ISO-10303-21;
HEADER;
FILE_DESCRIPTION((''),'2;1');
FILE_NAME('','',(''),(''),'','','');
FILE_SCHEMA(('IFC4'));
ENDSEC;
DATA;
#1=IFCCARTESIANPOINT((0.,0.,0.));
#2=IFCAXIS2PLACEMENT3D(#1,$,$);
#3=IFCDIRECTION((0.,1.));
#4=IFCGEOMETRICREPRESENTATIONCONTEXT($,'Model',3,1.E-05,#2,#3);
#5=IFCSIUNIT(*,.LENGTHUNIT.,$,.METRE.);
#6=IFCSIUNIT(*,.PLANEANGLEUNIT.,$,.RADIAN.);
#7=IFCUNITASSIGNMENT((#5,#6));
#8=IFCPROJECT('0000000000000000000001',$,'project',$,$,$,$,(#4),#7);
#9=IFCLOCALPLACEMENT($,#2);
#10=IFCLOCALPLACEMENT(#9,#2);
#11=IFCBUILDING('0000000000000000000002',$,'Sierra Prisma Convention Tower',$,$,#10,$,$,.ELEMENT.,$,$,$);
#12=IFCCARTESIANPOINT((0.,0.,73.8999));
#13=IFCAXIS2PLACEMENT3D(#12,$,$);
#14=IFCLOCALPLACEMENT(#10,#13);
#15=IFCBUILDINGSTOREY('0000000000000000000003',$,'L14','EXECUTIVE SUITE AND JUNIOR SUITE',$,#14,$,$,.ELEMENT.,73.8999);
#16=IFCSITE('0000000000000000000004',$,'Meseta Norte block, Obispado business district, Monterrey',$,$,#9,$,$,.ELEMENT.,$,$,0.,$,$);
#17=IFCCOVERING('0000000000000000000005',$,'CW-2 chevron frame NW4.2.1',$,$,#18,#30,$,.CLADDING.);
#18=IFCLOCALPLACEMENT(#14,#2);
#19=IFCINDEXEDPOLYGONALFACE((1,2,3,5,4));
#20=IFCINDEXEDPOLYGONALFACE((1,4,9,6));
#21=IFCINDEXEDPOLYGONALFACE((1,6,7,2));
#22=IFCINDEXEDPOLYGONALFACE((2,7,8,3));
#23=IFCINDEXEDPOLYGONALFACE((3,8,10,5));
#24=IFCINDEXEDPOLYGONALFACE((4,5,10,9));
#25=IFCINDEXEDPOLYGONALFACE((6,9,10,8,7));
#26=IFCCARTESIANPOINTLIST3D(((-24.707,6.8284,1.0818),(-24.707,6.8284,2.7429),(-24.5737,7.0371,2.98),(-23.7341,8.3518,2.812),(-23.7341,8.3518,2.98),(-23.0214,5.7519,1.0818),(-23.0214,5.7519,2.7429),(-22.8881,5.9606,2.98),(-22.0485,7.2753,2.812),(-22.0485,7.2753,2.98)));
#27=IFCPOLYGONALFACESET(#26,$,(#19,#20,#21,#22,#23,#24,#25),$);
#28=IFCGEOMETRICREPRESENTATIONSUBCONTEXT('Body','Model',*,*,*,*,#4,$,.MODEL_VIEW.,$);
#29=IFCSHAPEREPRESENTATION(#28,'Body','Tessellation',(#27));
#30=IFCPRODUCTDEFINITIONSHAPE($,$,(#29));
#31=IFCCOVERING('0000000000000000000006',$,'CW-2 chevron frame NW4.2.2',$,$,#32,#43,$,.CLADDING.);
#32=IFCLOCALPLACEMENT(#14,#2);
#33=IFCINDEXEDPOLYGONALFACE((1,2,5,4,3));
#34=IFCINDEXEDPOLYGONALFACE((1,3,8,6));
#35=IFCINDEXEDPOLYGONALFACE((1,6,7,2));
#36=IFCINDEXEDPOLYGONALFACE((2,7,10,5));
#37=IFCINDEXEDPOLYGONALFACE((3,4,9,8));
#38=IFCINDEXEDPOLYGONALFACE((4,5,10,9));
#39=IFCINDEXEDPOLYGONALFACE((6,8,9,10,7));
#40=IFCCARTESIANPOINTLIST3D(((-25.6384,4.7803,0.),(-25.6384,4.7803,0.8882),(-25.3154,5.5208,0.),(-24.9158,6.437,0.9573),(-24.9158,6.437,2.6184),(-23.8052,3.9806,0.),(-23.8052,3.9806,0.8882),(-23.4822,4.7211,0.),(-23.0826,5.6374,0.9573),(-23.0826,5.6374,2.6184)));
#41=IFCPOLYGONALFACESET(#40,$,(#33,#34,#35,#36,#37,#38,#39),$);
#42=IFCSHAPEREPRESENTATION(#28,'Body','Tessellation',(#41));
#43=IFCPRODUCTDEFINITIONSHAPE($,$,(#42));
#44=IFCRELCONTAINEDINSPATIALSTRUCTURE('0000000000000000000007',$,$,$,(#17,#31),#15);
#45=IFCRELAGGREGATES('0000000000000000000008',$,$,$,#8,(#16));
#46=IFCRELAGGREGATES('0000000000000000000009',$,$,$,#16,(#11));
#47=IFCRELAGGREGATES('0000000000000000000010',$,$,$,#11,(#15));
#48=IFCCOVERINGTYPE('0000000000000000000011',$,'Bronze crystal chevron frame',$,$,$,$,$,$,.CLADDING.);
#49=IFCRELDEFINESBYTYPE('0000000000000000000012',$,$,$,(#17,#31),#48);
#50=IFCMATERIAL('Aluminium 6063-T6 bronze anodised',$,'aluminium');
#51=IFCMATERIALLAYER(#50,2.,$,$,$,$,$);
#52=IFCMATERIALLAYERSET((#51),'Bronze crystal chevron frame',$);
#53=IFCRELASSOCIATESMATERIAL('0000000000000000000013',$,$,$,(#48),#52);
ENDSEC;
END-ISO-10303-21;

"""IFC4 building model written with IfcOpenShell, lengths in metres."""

from ifc_helpers import new_model, si_unit, direction, frame, origin, place, context, subcontext, project, spatial, polyline, outline, extrude, material, layer, layer_set, type_object, element, save


model = new_model("IFC4")

# Units and contexts
model_context = context("Model", 3, precision=1e-05, world=origin(), true_north=direction((0.0, 1.0)))
body_context = subcontext(model_context, "Body", "Model", "MODEL_VIEW")
ifc_project = project(units=[si_unit("LENGTHUNIT", "METRE"), si_unit("PLANEANGLEUNIT", "RADIAN")], contexts=[model_context])

# Site, building, storey
site_placement = place(None, origin())
site = spatial("IfcSite", under=ifc_project, at=site_placement, Name="Meseta Norte block, Obispado business district, Monterrey", CompositionType="ELEMENT", RefElevation=0.0)
building_placement = place(site_placement, origin())
building = spatial("IfcBuilding", under=site, at=building_placement, Name="Sierra Prisma Convention Tower", CompositionType="ELEMENT")
storey_placement = place(building_placement, frame((0.0, 0.0, 73.8999)))
storey = spatial("IfcBuildingStorey", under=building, at=storey_placement, Name="L14", Description="EXECUTIVE SUITE AND JUNIOR SUITE", CompositionType="ELEMENT", Elevation=73.8999)

# Coverings
ifc_material_1 = material(Name="Aluminium 6063-T6 bronze anodised", Category="aluminium")
ifc_layer_1 = layer(ifc_material_1, 2.0)
ifc_layer_set_1 = layer_set([ifc_layer_1], Name="Bronze crystal chevron frame")
covering_type = type_object("IfcCoveringType", Name="Bronze crystal chevron frame", PredefinedType="CLADDING", material=ifc_layer_set_1)
covering_1_placement = place(storey_placement, frame((-23.7341, 8.3518, 2.98), z_axis=(-0.842798, 0.53823, -0.000002), x_axis=(0.000002, -0.000001, -1.0)))
element("IfcCovering", 1, at=covering_1_placement, inside=storey, type_object=covering_type, Name="CW-2 chevron frame NW4.2.1", PredefinedType="CLADDING", context=body_context, shape_type="SweptSolid", body=[
    extrude(outline(polyline([(0.0, 0.0), (0.168, 0.0), (1.8982, 1.8076), (0.2371, 1.8076), (0.0, 1.5599), (0.0, 0.0)])), origin(), (0.0, 0.0, -1.0), 2.0),
])
covering_2_placement = place(storey_placement, frame((-25.6384, 4.7803, 0.0), z_axis=(-0.916597, 0.399813, -0.000002), x_axis=(-0.000002, 0.000001, 1.0)))
element("IfcCovering", 2, at=covering_2_placement, inside=storey, type_object=covering_type, Name="CW-2 chevron frame NW4.2.2", PredefinedType="CLADDING", context=body_context, shape_type="SweptSolid", body=[
    extrude(outline(polyline([(0.0, 0.0), (0.8882, 0.0), (2.6184, 1.8075), (0.9573, 1.8075), (0.0, 0.8079), (0.0, 0.0)])), origin(), (0.0, 0.0, -1.0), 2.0),
])

save(model, "model.ifc")
